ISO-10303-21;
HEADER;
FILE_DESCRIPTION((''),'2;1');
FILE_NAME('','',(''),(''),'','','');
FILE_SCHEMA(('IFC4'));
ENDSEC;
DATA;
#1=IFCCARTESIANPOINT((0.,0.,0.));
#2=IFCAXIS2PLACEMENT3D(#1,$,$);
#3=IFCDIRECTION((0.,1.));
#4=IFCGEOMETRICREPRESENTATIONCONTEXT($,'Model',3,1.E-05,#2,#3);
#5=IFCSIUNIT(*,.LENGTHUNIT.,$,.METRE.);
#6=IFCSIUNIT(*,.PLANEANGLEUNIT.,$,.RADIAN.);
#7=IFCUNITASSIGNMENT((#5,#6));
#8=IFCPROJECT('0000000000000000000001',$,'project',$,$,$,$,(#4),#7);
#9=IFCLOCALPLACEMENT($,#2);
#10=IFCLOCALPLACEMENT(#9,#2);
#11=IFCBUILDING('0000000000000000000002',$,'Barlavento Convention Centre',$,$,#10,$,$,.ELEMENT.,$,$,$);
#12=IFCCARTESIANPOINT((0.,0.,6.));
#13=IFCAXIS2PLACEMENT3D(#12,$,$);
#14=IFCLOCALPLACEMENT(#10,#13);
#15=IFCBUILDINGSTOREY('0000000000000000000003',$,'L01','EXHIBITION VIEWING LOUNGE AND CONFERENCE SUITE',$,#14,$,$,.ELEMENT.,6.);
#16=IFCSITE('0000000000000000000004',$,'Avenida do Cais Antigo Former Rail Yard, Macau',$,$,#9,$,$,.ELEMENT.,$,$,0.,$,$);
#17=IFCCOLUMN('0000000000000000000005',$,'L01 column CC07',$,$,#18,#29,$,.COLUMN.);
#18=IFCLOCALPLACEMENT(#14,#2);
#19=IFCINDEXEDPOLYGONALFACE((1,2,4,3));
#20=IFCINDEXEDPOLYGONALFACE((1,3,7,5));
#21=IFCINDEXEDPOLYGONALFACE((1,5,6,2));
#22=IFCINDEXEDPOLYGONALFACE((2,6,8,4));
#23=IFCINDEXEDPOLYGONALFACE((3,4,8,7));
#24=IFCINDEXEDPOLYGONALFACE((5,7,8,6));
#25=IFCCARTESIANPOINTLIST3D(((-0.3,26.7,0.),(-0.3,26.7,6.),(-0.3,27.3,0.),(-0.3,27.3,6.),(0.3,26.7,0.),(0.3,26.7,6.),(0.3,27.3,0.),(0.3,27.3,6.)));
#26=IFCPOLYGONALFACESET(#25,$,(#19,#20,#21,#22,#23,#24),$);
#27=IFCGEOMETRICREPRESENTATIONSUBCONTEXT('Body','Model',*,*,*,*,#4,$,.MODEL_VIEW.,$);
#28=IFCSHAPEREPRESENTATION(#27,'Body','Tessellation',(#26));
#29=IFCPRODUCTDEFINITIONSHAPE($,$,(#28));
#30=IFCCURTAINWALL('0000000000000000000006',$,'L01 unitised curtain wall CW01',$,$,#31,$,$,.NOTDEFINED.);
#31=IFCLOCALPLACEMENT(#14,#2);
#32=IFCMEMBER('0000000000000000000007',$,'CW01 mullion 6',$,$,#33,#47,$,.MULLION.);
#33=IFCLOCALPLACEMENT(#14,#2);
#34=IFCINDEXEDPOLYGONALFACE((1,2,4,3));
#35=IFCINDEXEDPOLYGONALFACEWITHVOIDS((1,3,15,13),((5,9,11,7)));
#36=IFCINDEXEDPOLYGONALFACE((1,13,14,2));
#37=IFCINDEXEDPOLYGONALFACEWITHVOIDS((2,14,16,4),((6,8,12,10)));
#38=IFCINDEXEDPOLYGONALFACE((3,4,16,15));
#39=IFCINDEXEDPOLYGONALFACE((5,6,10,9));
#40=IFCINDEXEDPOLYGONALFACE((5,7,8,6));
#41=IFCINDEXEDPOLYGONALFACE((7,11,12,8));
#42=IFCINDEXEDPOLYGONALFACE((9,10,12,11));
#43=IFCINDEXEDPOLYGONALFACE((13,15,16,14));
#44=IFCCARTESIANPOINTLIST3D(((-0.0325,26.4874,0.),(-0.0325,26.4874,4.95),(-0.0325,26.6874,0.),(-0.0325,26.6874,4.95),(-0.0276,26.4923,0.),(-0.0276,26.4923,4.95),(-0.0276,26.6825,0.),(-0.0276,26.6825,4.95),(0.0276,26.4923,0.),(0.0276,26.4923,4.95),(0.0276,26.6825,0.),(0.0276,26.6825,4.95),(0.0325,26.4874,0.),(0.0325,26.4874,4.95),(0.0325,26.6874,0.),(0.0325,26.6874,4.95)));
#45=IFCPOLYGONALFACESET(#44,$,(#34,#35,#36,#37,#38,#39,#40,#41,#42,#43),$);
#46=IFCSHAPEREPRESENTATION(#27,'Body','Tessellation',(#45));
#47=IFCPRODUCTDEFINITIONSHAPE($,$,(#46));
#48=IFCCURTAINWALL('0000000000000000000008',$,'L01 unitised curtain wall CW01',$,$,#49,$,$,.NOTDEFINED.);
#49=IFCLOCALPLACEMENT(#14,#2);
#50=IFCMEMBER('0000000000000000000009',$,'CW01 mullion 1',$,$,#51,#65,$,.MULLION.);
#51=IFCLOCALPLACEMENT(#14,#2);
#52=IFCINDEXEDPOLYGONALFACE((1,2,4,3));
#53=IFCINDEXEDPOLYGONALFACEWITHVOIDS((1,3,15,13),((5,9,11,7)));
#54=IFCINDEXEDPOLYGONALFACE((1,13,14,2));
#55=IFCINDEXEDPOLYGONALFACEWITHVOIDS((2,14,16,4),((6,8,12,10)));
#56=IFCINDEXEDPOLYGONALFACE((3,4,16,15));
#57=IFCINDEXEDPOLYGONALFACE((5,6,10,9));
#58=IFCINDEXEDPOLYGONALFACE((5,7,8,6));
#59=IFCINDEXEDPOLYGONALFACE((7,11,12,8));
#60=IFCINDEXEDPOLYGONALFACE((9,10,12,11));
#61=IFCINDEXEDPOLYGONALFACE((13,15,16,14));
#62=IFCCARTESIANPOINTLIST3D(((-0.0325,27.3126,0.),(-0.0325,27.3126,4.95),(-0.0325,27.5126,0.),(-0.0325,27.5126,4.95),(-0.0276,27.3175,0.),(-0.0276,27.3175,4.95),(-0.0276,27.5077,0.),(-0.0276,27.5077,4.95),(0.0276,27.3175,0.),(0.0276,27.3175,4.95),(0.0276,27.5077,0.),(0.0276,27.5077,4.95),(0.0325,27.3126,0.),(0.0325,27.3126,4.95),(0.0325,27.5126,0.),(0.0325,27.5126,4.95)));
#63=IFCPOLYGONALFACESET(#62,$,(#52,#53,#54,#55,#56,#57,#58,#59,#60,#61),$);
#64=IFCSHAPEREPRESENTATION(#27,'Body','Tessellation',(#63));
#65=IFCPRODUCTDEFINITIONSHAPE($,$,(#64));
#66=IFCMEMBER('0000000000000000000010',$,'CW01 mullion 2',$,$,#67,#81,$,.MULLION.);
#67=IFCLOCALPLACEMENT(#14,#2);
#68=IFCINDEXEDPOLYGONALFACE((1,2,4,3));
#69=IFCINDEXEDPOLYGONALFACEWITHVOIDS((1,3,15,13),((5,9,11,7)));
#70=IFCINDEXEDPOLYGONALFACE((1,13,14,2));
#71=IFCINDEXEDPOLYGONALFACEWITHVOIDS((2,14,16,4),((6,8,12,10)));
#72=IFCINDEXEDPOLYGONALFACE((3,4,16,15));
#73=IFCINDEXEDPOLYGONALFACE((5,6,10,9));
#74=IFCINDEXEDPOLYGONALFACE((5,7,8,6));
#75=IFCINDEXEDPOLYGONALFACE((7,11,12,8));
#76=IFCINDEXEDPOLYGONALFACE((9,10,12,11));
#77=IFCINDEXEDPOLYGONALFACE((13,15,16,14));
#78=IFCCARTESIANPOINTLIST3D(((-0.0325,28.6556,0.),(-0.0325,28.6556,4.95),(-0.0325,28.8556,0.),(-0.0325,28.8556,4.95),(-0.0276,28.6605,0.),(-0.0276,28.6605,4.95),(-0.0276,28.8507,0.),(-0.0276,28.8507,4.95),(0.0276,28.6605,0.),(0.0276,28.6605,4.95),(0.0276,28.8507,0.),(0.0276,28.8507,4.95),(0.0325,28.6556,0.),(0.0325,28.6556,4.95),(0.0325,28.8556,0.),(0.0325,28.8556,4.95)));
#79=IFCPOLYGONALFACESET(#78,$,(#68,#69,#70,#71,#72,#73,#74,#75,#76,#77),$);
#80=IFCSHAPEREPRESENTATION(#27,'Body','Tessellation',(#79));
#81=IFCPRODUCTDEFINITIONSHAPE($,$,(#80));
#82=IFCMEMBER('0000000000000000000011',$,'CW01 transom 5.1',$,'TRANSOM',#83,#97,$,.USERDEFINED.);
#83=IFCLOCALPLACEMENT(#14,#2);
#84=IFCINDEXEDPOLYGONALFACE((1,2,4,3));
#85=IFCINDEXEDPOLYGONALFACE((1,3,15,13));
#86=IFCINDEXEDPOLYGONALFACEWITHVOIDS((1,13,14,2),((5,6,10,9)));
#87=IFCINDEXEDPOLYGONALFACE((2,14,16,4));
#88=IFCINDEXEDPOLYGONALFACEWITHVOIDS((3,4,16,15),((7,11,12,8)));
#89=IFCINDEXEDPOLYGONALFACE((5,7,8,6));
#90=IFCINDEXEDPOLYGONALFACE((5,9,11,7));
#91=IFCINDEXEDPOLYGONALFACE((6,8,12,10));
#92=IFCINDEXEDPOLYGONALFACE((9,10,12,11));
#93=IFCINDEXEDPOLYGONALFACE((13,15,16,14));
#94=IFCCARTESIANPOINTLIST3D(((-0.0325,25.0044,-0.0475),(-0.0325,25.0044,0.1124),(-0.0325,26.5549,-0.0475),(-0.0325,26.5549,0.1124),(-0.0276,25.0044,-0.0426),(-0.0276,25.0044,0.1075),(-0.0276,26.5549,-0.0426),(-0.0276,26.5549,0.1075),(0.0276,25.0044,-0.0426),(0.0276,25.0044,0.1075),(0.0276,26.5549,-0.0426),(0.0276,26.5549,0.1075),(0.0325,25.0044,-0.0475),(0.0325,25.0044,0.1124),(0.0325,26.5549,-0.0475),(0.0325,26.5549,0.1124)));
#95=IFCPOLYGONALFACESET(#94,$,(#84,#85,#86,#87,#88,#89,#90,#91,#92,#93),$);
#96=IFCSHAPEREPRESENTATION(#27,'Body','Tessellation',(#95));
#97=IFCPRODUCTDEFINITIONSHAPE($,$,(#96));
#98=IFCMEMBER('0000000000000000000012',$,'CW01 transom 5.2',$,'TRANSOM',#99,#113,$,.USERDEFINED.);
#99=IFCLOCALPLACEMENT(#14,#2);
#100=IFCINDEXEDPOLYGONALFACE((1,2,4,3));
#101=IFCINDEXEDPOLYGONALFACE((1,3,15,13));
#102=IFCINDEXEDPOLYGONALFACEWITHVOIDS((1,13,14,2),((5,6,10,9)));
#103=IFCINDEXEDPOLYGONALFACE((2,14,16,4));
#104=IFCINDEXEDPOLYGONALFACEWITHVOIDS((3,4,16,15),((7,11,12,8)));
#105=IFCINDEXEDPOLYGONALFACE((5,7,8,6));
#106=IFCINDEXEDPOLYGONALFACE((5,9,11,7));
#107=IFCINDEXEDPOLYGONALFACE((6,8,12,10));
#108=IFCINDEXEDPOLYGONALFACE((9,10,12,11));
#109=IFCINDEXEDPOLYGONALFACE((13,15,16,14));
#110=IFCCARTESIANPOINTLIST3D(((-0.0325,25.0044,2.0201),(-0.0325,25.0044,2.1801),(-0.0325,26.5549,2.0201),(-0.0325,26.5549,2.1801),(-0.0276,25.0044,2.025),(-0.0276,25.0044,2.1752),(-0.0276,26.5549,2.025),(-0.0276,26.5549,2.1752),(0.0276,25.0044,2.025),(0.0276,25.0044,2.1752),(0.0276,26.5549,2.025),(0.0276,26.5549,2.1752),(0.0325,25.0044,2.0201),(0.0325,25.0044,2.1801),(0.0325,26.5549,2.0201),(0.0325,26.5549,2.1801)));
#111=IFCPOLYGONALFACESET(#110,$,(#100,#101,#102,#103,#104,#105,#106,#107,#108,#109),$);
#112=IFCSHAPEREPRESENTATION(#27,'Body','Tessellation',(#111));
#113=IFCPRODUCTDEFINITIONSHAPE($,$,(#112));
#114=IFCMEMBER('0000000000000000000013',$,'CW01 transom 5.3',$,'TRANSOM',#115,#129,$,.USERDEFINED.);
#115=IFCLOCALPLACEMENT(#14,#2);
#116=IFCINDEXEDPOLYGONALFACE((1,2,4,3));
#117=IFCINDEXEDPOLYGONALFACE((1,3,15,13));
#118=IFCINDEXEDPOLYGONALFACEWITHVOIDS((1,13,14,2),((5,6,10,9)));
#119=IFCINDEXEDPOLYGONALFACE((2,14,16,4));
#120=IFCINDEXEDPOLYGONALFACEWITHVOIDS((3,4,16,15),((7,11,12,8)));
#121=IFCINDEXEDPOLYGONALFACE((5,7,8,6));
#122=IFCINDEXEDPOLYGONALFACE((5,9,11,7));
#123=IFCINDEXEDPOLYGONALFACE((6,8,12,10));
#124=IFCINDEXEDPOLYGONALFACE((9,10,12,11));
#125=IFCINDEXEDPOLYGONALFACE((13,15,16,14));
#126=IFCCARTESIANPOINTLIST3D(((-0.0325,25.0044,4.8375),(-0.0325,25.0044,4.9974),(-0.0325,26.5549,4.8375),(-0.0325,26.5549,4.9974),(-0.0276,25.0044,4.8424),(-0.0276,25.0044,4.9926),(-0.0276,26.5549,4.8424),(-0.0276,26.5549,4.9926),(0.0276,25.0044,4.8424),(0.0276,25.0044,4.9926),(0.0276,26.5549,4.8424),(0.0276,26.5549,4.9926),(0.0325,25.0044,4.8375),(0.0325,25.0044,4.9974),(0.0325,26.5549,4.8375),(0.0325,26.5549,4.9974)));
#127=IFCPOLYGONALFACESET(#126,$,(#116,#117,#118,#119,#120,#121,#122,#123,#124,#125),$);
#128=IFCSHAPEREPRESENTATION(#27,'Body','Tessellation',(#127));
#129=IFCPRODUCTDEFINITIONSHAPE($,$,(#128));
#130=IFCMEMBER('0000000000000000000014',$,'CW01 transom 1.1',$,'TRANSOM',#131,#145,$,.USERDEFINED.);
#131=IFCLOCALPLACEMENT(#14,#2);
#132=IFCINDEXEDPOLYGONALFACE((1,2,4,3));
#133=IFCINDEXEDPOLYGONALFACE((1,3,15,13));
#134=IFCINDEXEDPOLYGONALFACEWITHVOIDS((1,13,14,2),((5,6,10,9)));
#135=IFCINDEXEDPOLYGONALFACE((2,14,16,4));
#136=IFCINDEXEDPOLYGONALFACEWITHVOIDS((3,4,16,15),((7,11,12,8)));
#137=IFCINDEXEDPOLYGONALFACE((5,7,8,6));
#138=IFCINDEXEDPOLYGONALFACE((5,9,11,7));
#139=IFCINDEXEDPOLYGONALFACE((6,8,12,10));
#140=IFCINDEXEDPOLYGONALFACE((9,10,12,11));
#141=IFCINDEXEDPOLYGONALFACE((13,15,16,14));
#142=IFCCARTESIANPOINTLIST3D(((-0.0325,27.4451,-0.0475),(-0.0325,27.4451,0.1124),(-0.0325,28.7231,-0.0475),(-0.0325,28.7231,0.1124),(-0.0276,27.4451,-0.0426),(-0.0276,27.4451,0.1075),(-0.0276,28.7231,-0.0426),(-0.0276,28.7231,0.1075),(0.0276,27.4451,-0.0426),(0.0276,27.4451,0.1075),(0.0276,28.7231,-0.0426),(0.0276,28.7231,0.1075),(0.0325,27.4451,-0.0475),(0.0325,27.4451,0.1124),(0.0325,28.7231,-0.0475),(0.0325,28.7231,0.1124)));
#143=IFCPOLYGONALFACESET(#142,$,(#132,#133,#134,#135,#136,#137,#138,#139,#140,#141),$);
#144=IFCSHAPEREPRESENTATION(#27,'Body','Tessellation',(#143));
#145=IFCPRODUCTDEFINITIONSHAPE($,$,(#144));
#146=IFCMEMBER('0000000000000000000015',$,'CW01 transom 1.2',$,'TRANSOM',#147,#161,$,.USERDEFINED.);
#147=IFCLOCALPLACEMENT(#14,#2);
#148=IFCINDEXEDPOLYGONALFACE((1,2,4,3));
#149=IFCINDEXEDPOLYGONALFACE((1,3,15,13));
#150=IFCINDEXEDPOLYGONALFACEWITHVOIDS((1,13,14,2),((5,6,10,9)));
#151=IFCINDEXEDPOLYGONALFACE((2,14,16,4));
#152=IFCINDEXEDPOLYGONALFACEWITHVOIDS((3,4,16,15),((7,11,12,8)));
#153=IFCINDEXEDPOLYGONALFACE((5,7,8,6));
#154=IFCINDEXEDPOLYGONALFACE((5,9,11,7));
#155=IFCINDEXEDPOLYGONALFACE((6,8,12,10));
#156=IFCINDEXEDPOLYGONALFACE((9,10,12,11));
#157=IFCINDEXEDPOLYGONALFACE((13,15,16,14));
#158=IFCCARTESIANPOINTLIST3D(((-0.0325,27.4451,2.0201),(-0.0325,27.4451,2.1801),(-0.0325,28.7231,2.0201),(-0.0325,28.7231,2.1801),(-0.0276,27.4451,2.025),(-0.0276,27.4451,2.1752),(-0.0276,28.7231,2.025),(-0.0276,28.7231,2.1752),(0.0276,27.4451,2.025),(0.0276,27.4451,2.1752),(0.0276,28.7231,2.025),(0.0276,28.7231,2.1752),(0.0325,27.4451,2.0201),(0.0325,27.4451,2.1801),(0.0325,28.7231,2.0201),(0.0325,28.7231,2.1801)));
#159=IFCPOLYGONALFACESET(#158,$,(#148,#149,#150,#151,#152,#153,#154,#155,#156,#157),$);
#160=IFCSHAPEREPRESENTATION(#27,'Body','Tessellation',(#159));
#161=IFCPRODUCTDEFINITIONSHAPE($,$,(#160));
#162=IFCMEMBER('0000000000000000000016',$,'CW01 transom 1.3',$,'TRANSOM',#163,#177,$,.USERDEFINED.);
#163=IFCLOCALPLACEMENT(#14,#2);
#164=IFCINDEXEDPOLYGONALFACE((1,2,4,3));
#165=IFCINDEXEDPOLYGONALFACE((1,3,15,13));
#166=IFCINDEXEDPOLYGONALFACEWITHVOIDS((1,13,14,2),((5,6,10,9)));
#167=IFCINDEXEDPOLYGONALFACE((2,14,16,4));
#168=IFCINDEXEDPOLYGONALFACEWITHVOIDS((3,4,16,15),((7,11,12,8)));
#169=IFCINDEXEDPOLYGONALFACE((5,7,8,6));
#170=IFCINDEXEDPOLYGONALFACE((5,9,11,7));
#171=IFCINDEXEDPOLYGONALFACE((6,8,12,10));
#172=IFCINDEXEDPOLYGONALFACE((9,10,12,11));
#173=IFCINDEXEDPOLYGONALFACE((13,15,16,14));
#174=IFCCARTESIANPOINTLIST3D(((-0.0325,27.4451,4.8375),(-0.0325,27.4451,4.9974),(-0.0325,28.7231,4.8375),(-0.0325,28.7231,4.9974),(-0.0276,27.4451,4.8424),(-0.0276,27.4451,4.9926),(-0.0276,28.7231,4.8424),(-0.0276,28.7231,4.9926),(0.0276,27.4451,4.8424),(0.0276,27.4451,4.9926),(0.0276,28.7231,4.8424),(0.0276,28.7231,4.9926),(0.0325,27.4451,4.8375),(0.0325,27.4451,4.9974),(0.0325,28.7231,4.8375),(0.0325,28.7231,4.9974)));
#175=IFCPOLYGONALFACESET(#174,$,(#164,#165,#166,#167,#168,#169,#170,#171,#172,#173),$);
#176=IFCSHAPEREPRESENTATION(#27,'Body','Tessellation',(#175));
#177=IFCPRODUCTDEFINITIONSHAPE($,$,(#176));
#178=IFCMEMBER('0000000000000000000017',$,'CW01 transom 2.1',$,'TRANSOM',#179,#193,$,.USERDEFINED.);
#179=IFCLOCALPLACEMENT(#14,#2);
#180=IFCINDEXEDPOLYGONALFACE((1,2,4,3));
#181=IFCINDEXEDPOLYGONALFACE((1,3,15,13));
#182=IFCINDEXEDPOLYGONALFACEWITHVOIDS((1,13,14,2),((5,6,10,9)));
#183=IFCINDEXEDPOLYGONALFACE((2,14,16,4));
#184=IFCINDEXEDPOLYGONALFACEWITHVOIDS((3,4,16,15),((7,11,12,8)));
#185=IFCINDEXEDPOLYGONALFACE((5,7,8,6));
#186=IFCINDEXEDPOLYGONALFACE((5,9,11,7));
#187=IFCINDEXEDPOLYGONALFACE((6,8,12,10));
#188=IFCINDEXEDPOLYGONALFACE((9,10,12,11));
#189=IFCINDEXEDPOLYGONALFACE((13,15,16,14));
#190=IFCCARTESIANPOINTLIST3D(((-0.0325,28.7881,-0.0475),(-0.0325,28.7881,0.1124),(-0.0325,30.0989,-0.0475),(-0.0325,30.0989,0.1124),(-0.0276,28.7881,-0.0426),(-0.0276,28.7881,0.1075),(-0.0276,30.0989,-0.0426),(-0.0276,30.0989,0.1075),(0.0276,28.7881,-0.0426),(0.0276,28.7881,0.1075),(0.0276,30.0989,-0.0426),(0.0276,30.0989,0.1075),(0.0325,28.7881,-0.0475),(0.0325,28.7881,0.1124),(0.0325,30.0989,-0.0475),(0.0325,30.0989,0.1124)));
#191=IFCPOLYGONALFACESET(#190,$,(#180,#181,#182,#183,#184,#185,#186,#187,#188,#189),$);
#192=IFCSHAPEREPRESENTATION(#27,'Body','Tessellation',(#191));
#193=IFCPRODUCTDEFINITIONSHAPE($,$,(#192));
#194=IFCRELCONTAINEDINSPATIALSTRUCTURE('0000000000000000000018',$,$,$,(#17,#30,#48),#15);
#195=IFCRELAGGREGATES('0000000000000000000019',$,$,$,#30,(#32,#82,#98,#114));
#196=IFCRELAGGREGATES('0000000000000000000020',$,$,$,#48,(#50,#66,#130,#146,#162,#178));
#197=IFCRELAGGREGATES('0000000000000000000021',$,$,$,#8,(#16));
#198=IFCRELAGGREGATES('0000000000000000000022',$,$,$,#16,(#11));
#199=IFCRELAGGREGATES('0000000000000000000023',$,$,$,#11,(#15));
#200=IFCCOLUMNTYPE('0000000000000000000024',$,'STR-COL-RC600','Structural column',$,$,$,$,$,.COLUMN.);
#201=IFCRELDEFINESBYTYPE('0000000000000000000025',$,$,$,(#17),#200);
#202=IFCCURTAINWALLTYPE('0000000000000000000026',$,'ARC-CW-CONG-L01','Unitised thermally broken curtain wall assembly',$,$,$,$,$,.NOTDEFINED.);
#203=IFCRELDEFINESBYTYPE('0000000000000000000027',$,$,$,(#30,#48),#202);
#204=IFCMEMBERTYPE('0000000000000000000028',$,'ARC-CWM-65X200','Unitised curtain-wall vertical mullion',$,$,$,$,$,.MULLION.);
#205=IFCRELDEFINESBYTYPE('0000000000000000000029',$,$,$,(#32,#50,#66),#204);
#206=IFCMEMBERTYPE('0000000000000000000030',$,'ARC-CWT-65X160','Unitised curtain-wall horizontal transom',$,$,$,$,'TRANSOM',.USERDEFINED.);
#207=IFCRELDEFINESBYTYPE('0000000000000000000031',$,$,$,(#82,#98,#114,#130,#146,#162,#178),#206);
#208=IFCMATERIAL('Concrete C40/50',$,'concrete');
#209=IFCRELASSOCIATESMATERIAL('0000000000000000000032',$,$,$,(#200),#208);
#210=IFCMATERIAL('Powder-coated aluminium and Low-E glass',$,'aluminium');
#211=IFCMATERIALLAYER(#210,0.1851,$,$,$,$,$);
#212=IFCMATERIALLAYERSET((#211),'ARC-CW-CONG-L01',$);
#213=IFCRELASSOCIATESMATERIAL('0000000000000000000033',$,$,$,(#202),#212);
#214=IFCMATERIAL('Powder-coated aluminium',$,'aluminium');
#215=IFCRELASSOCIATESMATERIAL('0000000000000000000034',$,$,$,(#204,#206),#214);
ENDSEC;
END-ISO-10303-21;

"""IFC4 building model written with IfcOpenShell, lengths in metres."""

from ifc_helpers import new_model, si_unit, direction, frame, origin, origin_2d, place, context, subcontext, project, spatial, rectangle, hollow_rectangle, extrude, material, layer, layer_set, material_profile, profile_set, type_object, element, aggregate, save


model = new_model("IFC4")

# Units and contexts
model_context = context("Model", 3, precision=1e-05, world=origin(), true_north=direction((0.0, 1.0)))
body_context = subcontext(model_context, "Body", "Model", "MODEL_VIEW")
ifc_project = project(units=[si_unit("LENGTHUNIT", "METRE"), si_unit("PLANEANGLEUNIT", "RADIAN")], contexts=[model_context])

# Site, building, storey
site_placement = place(None, origin())
site = spatial("IfcSite", under=ifc_project, at=site_placement, Name="Avenida do Cais Antigo Former Rail Yard, Macau", CompositionType="ELEMENT", RefElevation=0.0)
building_placement = place(site_placement, origin())
building = spatial("IfcBuilding", under=site, at=building_placement, Name="Barlavento Convention Centre", CompositionType="ELEMENT")
storey_placement = place(building_placement, frame((0.0, 0.0, 6.0)))
storey = spatial("IfcBuildingStorey", under=building, at=storey_placement, Name="L01", Description="EXHIBITION VIEWING LOUNGE AND CONFERENCE SUITE", CompositionType="ELEMENT", Elevation=6.0)

# Column
ifc_material_1 = material(Name="Concrete C40/50", Category="concrete")
ifc_material_profile_1 = material_profile(ifc_material_1, rectangle(XDim=0.6001, YDim=0.6001, at=origin_2d()), Name="RC 600x600")
ifc_profile_set_1 = profile_set([ifc_material_profile_1], Name="Concrete C40/50")
column_type = type_object("IfcColumnType", Name="STR-COL-RC600", Description="Structural column", PredefinedType="COLUMN", material=ifc_profile_set_1)
column_placement = place(storey_placement, frame((0.0, 27.0, 0.0), z_axis=(0.0, 0.0, 1.0), x_axis=(1.0, 0.0, 0.0)))
element("IfcColumn", 1, at=column_placement, inside=storey, type_object=column_type, Name="L01 column CC07", PredefinedType="COLUMN", context=body_context, shape_type="SweptSolid", body=[
    extrude(rectangle(XDim=0.6001, YDim=0.6001, at=origin_2d()), origin(), (0.0, 0.0, 1.0), 6.0),
])

# Curtain wall, member
ifc_material_2 = material(Name="Powder-coated aluminium and Low-E glass", Category="aluminium")
ifc_layer_1 = layer(ifc_material_2, 0.1851)
ifc_layer_set_1 = layer_set([ifc_layer_1], Name="ARC-CW-CONG-L01")
curtain_wall_type = type_object("IfcCurtainWallType", Name="ARC-CW-CONG-L01", Description="Unitised thermally broken curtain wall assembly", PredefinedType="NOTDEFINED", material=ifc_layer_set_1)
curtain_wall_1_placement = place(storey_placement, origin())
curtain_wall_1 = element("IfcCurtainWall", 2, at=curtain_wall_1_placement, inside=storey, type_object=curtain_wall_type, Name="L01 unitised curtain wall CW01", PredefinedType="NOTDEFINED")
ifc_material_3 = material(Name="Powder-coated aluminium", Category="aluminium")
ifc_material_profile_2 = material_profile(ifc_material_3, hollow_rectangle(XDim=0.0649, YDim=0.2, WallThickness=0.0049, at=origin_2d()), Name="AL-MULL 65x200x5")
ifc_profile_set_2 = profile_set([ifc_material_profile_2], Name="Powder-coated aluminium")
member_type_1 = type_object("IfcMemberType", Name="ARC-CWM-65X200", Description="Unitised curtain-wall vertical mullion", PredefinedType="MULLION", material=ifc_profile_set_2)
member_1_placement = place(storey_placement, frame((0.0, 26.5874, 0.0), z_axis=(0.0, 0.0, 1.0), x_axis=(-1.0, 0.0, 0.0)))
member_1 = element("IfcMember", 3, at=member_1_placement, type_object=member_type_1, Name="CW01 mullion 6", PredefinedType="MULLION", context=body_context, shape_type="SweptSolid", body=[
    extrude(hollow_rectangle(XDim=0.0649, YDim=0.2, WallThickness=0.0049, at=origin_2d()), origin(), (0.0, 0.0, 1.0), 4.95),
])

# Curtain wall, members
curtain_wall_2_placement = place(storey_placement, origin())
curtain_wall_2 = element("IfcCurtainWall", 4, at=curtain_wall_2_placement, inside=storey, type_object=curtain_wall_type, Name="L01 unitised curtain wall CW01", PredefinedType="NOTDEFINED")
member_2_placement = place(storey_placement, frame((0.0, 27.4126, 0.0), z_axis=(0.0, 0.0, 1.0), x_axis=(-1.0, 0.0, 0.0)))
member_2 = element("IfcMember", 5, at=member_2_placement, type_object=member_type_1, Name="CW01 mullion 1", PredefinedType="MULLION", context=body_context, shape_type="SweptSolid", body=[
    extrude(hollow_rectangle(XDim=0.0649, YDim=0.2, WallThickness=0.0049, at=origin_2d()), origin(), (0.0, 0.0, 1.0), 4.95),
])
member_3_placement = place(storey_placement, frame((0.0, 28.7556, 0.0), z_axis=(0.0, 0.0, 1.0), x_axis=(-1.0, 0.0, 0.0)))
member_3 = element("IfcMember", 6, at=member_3_placement, type_object=member_type_1, Name="CW01 mullion 2", PredefinedType="MULLION", context=body_context, shape_type="SweptSolid", body=[
    extrude(hollow_rectangle(XDim=0.0649, YDim=0.2, WallThickness=0.0049, at=origin_2d()), origin(), (0.0, 0.0, 1.0), 4.95),
])

# Members
ifc_material_profile_3 = material_profile(ifc_material_3, hollow_rectangle(XDim=0.0649, YDim=0.1599, WallThickness=0.0049, at=origin_2d()), Name="AL-TRAN 65x160x5")
ifc_profile_set_3 = profile_set([ifc_material_profile_3], Name="Powder-coated aluminium")
member_type_2 = type_object("IfcMemberType", Name="ARC-CWT-65X160", Description="Unitised curtain-wall horizontal transom", ElementType="TRANSOM", PredefinedType="USERDEFINED", material=ifc_profile_set_3)
member_4_placement = place(storey_placement, frame((0.0, 25.0044, 0.0325), z_axis=(0.0, 1.0, 0.0), x_axis=(-1.0, 0.0, 0.0)))
member_4 = element("IfcMember", 7, at=member_4_placement, type_object=member_type_2, Name="CW01 transom 5.1", ObjectType="TRANSOM", PredefinedType="USERDEFINED", context=body_context, shape_type="SweptSolid", body=[
    extrude(hollow_rectangle(XDim=0.0649, YDim=0.1599, WallThickness=0.0049, at=origin_2d()), origin(), (0.0, 0.0, 1.0), 1.5505),
])
member_5_placement = place(storey_placement, frame((0.0, 25.0044, 2.1001), z_axis=(0.0, 1.0, 0.0), x_axis=(-1.0, 0.0, 0.0)))
member_5 = element("IfcMember", 8, at=member_5_placement, type_object=member_type_2, Name="CW01 transom 5.2", ObjectType="TRANSOM", PredefinedType="USERDEFINED", context=body_context, shape_type="SweptSolid", body=[
    extrude(hollow_rectangle(XDim=0.0649, YDim=0.1599, WallThickness=0.0049, at=origin_2d()), origin(), (0.0, 0.0, 1.0), 1.5505),
])
member_6_placement = place(storey_placement, frame((0.0, 25.0044, 4.9175), z_axis=(0.0, 1.0, 0.0), x_axis=(-1.0, 0.0, 0.0)))
member_6 = element("IfcMember", 9, at=member_6_placement, type_object=member_type_2, Name="CW01 transom 5.3", ObjectType="TRANSOM", PredefinedType="USERDEFINED", context=body_context, shape_type="SweptSolid", body=[
    extrude(hollow_rectangle(XDim=0.0649, YDim=0.1599, WallThickness=0.0049, at=origin_2d()), origin(), (0.0, 0.0, 1.0), 1.5505),
])
member_7_placement = place(storey_placement, frame((0.0, 27.4451, 0.0325), z_axis=(0.0, 1.0, 0.0), x_axis=(-1.0, 0.0, 0.0)))
member_7 = element("IfcMember", 10, at=member_7_placement, type_object=member_type_2, Name="CW01 transom 1.1", ObjectType="TRANSOM", PredefinedType="USERDEFINED", context=body_context, shape_type="SweptSolid", body=[
    extrude(hollow_rectangle(XDim=0.0649, YDim=0.1599, WallThickness=0.0049, at=origin_2d()), origin(), (0.0, 0.0, 1.0), 1.2781),
])
member_8_placement = place(storey_placement, frame((0.0, 27.4451, 2.1001), z_axis=(0.0, 1.0, 0.0), x_axis=(-1.0, 0.0, 0.0)))
member_8 = element("IfcMember", 11, at=member_8_placement, type_object=member_type_2, Name="CW01 transom 1.2", ObjectType="TRANSOM", PredefinedType="USERDEFINED", context=body_context, shape_type="SweptSolid", body=[
    extrude(hollow_rectangle(XDim=0.0649, YDim=0.1599, WallThickness=0.0049, at=origin_2d()), origin(), (0.0, 0.0, 1.0), 1.2781),
])
member_9_placement = place(storey_placement, frame((0.0, 27.4451, 4.9175), z_axis=(0.0, 1.0, 0.0), x_axis=(-1.0, 0.0, 0.0)))
member_9 = element("IfcMember", 12, at=member_9_placement, type_object=member_type_2, Name="CW01 transom 1.3", ObjectType="TRANSOM", PredefinedType="USERDEFINED", context=body_context, shape_type="SweptSolid", body=[
    extrude(hollow_rectangle(XDim=0.0649, YDim=0.1599, WallThickness=0.0049, at=origin_2d()), origin(), (0.0, 0.0, 1.0), 1.2781),
])
member_10_placement = place(storey_placement, frame((0.0, 28.7881, 0.0325), z_axis=(0.0, 1.0, 0.0), x_axis=(-1.0, 0.0, 0.0)))
member_10 = element("IfcMember", 13, at=member_10_placement, type_object=member_type_2, Name="CW01 transom 2.1", ObjectType="TRANSOM", PredefinedType="USERDEFINED", context=body_context, shape_type="SweptSolid", body=[
    extrude(hollow_rectangle(XDim=0.0649, YDim=0.1599, WallThickness=0.0049, at=origin_2d()), origin(), (0.0, 0.0, 1.0), 1.3108),
])

aggregate(curtain_wall_1, [member_1, member_4, member_5, member_6])
aggregate(curtain_wall_2, [member_2, member_3, member_7, member_8, member_9, member_10])

save(model, "model.ifc")
